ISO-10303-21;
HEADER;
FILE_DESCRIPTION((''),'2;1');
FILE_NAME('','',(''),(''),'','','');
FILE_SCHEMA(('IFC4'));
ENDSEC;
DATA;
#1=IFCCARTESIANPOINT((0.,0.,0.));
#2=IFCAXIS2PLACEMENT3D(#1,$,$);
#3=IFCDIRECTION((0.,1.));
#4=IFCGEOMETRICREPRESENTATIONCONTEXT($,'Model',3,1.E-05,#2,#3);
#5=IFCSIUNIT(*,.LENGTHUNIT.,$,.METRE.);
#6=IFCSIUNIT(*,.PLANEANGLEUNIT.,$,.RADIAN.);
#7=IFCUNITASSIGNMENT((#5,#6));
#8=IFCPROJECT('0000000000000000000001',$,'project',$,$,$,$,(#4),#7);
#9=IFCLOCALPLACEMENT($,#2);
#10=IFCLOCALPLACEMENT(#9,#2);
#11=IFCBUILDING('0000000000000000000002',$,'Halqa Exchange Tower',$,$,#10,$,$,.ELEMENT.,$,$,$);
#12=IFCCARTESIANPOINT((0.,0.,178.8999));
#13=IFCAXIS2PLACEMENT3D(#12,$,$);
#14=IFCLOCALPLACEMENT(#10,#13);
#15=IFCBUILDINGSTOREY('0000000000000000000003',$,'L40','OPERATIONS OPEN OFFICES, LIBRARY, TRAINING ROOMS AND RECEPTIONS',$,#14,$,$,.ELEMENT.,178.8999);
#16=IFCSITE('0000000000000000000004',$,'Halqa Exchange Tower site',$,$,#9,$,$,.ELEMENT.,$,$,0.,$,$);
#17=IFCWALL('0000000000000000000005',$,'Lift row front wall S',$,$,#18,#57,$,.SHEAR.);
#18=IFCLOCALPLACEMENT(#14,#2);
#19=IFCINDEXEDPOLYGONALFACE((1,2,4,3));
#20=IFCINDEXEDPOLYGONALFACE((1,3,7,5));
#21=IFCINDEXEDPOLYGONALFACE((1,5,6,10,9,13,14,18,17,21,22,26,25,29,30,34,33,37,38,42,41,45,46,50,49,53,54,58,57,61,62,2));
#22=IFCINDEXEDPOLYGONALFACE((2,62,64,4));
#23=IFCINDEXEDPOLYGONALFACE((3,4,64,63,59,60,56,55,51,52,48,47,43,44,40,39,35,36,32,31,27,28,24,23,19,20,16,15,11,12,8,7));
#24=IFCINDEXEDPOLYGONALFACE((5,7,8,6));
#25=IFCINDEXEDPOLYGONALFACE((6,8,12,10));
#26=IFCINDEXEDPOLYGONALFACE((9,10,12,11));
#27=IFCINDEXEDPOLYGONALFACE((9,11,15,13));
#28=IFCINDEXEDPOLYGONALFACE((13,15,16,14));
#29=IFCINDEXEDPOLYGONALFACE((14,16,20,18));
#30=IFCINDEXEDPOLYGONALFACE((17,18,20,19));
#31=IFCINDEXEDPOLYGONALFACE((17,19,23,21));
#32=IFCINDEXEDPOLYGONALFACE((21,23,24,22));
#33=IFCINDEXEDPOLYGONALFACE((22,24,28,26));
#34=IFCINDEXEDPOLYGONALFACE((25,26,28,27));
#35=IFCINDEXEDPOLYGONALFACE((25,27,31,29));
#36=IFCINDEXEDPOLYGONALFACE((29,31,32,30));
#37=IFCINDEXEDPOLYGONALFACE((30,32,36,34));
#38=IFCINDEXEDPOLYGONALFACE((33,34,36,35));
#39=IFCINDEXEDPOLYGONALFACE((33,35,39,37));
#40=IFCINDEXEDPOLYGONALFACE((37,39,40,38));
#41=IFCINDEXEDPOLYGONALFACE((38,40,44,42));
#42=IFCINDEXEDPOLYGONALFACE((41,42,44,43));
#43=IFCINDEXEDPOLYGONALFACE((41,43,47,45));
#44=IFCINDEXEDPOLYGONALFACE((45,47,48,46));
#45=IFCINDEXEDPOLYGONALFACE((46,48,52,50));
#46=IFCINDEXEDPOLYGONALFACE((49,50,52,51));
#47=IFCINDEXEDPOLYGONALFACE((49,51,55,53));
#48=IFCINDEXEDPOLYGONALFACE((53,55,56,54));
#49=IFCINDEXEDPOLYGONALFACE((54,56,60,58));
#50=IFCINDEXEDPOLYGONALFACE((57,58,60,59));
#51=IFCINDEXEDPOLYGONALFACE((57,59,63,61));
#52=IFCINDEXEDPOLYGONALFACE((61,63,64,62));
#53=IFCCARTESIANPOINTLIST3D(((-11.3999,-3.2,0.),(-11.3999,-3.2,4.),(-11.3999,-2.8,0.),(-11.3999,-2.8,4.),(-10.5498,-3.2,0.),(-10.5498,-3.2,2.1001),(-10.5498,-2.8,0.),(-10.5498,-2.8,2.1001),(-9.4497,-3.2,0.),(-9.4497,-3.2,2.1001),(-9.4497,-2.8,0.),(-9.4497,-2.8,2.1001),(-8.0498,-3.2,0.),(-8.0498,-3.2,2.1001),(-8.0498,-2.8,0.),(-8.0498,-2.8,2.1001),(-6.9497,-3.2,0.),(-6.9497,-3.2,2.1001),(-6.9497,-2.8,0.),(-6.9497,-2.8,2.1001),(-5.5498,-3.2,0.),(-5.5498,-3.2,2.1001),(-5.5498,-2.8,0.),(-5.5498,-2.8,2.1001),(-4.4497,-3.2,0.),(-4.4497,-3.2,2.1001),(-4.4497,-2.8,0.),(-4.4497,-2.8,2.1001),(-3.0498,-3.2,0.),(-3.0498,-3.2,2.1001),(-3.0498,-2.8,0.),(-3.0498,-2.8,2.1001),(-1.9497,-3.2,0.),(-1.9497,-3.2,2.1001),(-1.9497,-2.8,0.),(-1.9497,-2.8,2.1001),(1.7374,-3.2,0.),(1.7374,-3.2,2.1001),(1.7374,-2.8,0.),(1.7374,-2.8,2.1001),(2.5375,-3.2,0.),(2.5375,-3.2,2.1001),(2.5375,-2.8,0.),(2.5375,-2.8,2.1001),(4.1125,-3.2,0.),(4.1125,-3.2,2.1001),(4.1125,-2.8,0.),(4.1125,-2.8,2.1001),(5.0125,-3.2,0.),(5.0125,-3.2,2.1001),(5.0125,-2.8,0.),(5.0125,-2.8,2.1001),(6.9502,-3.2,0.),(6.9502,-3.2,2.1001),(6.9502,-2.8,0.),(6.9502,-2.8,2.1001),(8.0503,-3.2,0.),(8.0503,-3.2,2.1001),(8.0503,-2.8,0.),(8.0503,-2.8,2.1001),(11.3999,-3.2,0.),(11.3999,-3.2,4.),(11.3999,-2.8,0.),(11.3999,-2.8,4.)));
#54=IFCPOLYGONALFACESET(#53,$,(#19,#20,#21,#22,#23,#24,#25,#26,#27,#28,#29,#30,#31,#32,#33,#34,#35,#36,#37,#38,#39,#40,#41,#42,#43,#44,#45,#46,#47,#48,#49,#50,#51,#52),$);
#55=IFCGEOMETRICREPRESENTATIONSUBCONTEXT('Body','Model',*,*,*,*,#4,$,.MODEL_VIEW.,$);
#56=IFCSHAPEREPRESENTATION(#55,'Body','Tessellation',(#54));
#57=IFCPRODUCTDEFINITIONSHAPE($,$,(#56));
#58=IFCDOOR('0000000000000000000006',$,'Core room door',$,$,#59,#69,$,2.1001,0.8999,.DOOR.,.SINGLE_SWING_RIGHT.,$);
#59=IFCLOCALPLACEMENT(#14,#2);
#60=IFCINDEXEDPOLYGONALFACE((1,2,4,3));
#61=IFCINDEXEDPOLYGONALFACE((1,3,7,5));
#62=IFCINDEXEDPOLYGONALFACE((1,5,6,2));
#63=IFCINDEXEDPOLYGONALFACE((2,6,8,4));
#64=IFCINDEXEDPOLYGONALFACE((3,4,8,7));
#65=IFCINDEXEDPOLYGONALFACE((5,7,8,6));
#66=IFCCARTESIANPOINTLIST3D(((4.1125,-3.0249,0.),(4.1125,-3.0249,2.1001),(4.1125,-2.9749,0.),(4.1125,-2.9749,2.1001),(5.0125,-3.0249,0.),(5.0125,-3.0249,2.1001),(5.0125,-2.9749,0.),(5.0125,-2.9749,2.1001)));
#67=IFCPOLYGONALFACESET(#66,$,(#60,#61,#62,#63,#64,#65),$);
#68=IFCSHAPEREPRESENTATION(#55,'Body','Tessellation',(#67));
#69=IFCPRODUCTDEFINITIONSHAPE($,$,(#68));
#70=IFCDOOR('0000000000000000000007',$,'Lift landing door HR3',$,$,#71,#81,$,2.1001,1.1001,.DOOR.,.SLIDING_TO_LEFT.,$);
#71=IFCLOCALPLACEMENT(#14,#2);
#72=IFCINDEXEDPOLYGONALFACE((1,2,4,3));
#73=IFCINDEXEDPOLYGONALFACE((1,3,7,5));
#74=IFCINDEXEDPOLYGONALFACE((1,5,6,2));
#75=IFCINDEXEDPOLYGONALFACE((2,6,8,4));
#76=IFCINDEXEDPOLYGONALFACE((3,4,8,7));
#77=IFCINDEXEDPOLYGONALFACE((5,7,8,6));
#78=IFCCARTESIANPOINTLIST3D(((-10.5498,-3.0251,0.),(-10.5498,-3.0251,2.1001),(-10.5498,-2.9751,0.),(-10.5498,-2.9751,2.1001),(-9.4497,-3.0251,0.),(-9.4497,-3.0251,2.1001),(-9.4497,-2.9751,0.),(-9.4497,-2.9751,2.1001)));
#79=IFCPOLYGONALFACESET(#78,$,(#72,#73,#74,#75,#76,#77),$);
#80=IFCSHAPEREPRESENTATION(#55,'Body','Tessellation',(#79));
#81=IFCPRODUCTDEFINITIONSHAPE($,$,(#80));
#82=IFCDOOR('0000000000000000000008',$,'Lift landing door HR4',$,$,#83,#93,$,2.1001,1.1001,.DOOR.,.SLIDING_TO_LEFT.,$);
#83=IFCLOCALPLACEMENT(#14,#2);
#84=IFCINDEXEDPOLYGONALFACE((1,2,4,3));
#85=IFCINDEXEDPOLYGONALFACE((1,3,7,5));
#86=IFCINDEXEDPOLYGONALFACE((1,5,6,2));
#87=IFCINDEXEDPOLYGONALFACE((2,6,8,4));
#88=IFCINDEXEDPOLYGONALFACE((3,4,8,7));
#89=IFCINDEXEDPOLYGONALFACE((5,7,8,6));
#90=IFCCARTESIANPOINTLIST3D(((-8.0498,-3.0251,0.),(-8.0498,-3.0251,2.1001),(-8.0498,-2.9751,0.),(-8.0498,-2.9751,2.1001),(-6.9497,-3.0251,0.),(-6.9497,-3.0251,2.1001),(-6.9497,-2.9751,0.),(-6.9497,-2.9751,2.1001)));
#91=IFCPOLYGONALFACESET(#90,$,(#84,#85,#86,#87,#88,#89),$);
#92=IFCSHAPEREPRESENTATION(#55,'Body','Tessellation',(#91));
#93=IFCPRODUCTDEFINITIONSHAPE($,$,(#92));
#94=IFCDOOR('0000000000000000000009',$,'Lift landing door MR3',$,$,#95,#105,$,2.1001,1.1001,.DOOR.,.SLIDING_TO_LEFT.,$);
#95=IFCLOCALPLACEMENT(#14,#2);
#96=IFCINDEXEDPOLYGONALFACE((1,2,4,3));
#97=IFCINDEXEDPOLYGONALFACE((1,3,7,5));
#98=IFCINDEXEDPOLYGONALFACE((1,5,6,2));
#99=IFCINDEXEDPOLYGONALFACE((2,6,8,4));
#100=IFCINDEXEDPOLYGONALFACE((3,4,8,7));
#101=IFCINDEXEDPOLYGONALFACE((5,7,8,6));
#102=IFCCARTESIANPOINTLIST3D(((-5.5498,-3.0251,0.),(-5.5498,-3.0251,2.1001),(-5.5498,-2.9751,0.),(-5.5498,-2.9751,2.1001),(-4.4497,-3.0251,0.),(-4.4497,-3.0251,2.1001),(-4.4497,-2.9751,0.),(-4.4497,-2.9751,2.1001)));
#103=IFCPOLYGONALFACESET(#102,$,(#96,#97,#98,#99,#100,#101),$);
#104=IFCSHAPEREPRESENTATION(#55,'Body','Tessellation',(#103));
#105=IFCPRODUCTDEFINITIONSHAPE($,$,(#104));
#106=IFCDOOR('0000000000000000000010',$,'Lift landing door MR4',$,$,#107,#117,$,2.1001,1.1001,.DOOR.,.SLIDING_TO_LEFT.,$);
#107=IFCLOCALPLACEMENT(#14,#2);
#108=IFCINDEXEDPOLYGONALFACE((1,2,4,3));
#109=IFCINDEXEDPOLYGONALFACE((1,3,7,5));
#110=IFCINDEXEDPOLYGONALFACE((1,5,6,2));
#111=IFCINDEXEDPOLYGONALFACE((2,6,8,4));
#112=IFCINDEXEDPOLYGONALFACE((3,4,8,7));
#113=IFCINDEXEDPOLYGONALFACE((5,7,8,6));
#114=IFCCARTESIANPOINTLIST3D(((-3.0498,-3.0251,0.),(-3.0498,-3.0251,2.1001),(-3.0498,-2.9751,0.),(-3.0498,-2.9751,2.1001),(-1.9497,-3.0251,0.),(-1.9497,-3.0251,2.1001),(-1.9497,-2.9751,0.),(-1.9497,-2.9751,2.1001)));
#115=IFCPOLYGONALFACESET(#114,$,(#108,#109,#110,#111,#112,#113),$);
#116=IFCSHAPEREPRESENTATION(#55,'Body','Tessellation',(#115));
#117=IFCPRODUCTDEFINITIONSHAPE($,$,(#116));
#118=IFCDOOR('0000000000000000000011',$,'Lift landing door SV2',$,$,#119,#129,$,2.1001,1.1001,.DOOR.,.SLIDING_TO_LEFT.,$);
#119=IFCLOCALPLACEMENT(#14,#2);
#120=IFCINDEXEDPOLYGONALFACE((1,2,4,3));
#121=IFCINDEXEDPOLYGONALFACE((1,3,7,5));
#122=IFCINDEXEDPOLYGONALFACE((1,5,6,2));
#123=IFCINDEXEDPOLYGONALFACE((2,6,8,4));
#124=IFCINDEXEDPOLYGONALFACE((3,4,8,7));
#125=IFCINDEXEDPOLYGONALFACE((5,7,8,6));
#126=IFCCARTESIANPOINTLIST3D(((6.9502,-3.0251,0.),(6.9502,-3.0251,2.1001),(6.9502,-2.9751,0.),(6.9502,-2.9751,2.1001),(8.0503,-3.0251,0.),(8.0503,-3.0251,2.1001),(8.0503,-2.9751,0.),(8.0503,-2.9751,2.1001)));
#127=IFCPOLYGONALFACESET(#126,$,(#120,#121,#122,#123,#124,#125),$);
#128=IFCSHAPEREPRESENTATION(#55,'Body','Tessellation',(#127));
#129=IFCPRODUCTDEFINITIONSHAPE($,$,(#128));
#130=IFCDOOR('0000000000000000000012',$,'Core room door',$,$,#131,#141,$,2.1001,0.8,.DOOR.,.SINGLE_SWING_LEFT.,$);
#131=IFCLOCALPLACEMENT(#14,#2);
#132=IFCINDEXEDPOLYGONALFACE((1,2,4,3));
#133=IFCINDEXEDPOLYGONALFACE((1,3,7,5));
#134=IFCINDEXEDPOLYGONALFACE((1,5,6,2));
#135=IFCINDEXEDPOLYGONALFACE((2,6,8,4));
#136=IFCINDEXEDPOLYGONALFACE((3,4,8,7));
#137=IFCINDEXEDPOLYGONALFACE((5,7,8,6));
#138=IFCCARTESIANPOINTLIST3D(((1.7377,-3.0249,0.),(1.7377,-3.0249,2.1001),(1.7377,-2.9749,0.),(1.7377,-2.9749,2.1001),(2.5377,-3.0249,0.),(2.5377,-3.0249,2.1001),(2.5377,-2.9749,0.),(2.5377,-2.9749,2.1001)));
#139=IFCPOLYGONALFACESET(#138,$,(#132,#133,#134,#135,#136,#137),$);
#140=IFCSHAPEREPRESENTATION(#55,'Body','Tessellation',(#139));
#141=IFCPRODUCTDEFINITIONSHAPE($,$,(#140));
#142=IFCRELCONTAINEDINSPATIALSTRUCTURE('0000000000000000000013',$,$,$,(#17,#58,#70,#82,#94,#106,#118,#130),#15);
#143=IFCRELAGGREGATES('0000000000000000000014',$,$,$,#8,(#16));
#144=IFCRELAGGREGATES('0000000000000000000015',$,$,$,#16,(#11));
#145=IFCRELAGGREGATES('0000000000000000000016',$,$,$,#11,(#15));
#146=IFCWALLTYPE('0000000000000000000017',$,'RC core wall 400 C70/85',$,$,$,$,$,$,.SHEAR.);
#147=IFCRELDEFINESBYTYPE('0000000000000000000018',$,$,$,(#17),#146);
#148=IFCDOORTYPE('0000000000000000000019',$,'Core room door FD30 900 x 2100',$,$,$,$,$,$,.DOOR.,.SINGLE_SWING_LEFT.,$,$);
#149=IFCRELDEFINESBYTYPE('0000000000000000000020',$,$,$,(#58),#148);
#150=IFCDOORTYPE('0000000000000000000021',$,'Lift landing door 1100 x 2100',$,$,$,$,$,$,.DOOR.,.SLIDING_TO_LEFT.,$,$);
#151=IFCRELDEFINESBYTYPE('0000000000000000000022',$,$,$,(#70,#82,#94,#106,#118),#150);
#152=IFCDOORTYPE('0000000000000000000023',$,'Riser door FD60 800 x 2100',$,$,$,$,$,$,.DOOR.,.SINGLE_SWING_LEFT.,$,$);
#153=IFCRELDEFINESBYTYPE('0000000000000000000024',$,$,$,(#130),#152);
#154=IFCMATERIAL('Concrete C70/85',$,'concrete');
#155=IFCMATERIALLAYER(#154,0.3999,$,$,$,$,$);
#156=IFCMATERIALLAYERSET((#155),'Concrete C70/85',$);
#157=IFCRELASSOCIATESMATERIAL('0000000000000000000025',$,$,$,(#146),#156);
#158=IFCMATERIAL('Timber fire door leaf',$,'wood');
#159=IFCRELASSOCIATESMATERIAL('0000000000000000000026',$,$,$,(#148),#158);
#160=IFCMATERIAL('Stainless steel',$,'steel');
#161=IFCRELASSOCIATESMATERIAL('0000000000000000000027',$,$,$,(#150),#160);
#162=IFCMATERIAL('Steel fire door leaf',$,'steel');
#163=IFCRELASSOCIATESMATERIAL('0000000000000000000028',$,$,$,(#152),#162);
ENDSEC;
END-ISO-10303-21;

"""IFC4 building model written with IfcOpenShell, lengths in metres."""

from ifc_helpers import new_model, si_unit, direction, frame, frame_2d, origin, place, context, subcontext, project, spatial, rectangle, extrude, material, layer, layer_set, type_object, element, fill, save


model = new_model("IFC4")

# Units and contexts
model_context = context("Model", 3, precision=1e-05, world=origin(), true_north=direction((0.0, 1.0)))
body_context = subcontext(model_context, "Body", "Model", "MODEL_VIEW")
ifc_project = project(units=[si_unit("LENGTHUNIT", "METRE"), si_unit("PLANEANGLEUNIT", "RADIAN")], contexts=[model_context])

# Site, building, storey
site_placement = place(None, origin())
site = spatial("IfcSite", under=ifc_project, at=site_placement, Name="Halqa Exchange Tower site", CompositionType="ELEMENT", RefElevation=0.0)
building_placement = place(site_placement, origin())
building = spatial("IfcBuilding", under=site, at=building_placement, Name="Halqa Exchange Tower", CompositionType="ELEMENT")
storey_placement = place(building_placement, frame((0.0, 0.0, 178.8999)))
storey = spatial("IfcBuildingStorey", under=building, at=storey_placement, Name="L40", Description="OPERATIONS OPEN OFFICES, LIBRARY, TRAINING ROOMS AND RECEPTIONS", CompositionType="ELEMENT", Elevation=178.8999)

# Wall, openings, doors
ifc_material_1 = material(Name="Concrete C70/85", Category="concrete")
ifc_layer_1 = layer(ifc_material_1, 0.3999)
ifc_layer_set_1 = layer_set([ifc_layer_1], Name="Concrete C70/85")
wall_type_1 = type_object("IfcWallType", Name="RC core wall 400 C70/85", PredefinedType="SHEAR", material=ifc_layer_set_1)
wall_1_placement = place(storey_placement, frame((-11.3999, -3.0, 0.0), z_axis=(0.0, 0.0, 1.0), x_axis=(1.0, 0.0, 0.0)))
wall_1 = element("IfcWall", 1, at=wall_1_placement, inside=storey, type_object=wall_type_1, Name="Lift row front wall S", PredefinedType="SHEAR", context=body_context, shape_type="SweptSolid", body=[
    extrude(rectangle(XDim=22.7998, YDim=0.3999, at=frame_2d((11.3999, 0.0))), origin(), (0.0, 0.0, 1.0), 4.0),
])
opening_1_placement = place(wall_1_placement, frame((0.8501, 0.0, 0.0)))
opening_1 = element("IfcOpeningElement", 2, at=opening_1_placement, cuts=wall_1, PredefinedType="OPENING", context=body_context, shape_type="SweptSolid", body=[
    extrude(rectangle(XDim=1.1001, YDim=2.1001, at=frame_2d((0.55, 1.05))), frame((0.0, 0.2119, 0.0), z_axis=(0.0, -1.0, 0.0), x_axis=(1.0, 0.0, 0.0)), (0.0, 0.0, 1.0), 0.4238),
])
opening_2_placement = place(wall_1_placement, frame((3.3501, 0.0, 0.0)))
opening_2 = element("IfcOpeningElement", 3, at=opening_2_placement, cuts=wall_1, PredefinedType="OPENING", context=body_context, shape_type="SweptSolid", body=[
    extrude(rectangle(XDim=1.1001, YDim=2.1001, at=frame_2d((0.55, 1.05))), frame((0.0, 0.2119, 0.0), z_axis=(0.0, -1.0, 0.0), x_axis=(1.0, 0.0, 0.0)), (0.0, 0.0, 1.0), 0.4238),
])
opening_3_placement = place(wall_1_placement, frame((5.8501, 0.0, 0.0)))
opening_3 = element("IfcOpeningElement", 4, at=opening_3_placement, cuts=wall_1, PredefinedType="OPENING", context=body_context, shape_type="SweptSolid", body=[
    extrude(rectangle(XDim=1.1001, YDim=2.1001, at=frame_2d((0.55, 1.05))), frame((0.0, 0.2119, 0.0), z_axis=(0.0, -1.0, 0.0), x_axis=(1.0, 0.0, 0.0)), (0.0, 0.0, 1.0), 0.4238),
])
opening_4_placement = place(wall_1_placement, frame((8.3501, 0.0, 0.0)))
opening_4 = element("IfcOpeningElement", 5, at=opening_4_placement, cuts=wall_1, PredefinedType="OPENING", context=body_context, shape_type="SweptSolid", body=[
    extrude(rectangle(XDim=1.1001, YDim=2.1001, at=frame_2d((0.55, 1.05))), frame((0.0, 0.2119, 0.0), z_axis=(0.0, -1.0, 0.0), x_axis=(1.0, 0.0, 0.0)), (0.0, 0.0, 1.0), 0.4238),
])
opening_5_placement = place(wall_1_placement, frame((18.3501, 0.0, 0.0)))
opening_5 = element("IfcOpeningElement", 6, at=opening_5_placement, cuts=wall_1, PredefinedType="OPENING", context=body_context, shape_type="SweptSolid", body=[
    extrude(rectangle(XDim=1.1001, YDim=2.1001, at=frame_2d((0.55, 1.05))), frame((0.0, 0.2119, 0.0), z_axis=(0.0, -1.0, 0.0), x_axis=(1.0, 0.0, 0.0)), (0.0, 0.0, 1.0), 0.4238),
])
opening_6_placement = place(wall_1_placement, frame((13.1375, 0.0, 0.0)))
opening_6 = element("IfcOpeningElement", 7, at=opening_6_placement, cuts=wall_1, PredefinedType="OPENING", context=body_context, shape_type="SweptSolid", body=[
    extrude(rectangle(XDim=0.8, YDim=2.1001, at=frame_2d((0.3999, 1.05))), frame((0.0, 0.2119, 0.0), z_axis=(0.0, -1.0, 0.0), x_axis=(1.0, 0.0, 0.0)), (0.0, 0.0, 1.0), 0.4238),
])
opening_7_placement = place(wall_1_placement, frame((15.5125, 0.0, 0.0)))
opening_7 = element("IfcOpeningElement", 8, at=opening_7_placement, cuts=wall_1, PredefinedType="OPENING", context=body_context, shape_type="SweptSolid", body=[
    extrude(rectangle(XDim=0.8999, YDim=2.1001, at=frame_2d((0.45, 1.05))), frame((0.0, 0.2119, 0.0), z_axis=(0.0, -1.0, 0.0), x_axis=(1.0, 0.0, 0.0)), (0.0, 0.0, 1.0), 0.4238),
])
ifc_material_2 = material(Name="Timber fire door leaf", Category="wood")
door_type_1 = type_object("IfcDoorType", Name="Core room door FD30 900 x 2100", OperationType="SINGLE_SWING_LEFT", PredefinedType="DOOR", material=ifc_material_2)
door_1_placement = place(opening_7_placement, frame((0.8999, 0.0, 0.0), z_axis=(0.0, 0.0, 1.0), x_axis=(-1.0, 0.0, 0.0)))
door_1 = element("IfcDoor", 9, at=door_1_placement, inside=storey, type_object=door_type_1, Name="Core room door", OperationType="SINGLE_SWING_RIGHT", OverallHeight=2.1001, OverallWidth=0.8999, PredefinedType="DOOR", context=body_context, shape_type="SweptSolid", body=[
    extrude(rectangle(XDim=0.8999, YDim=2.1001, at=frame_2d((0.45, 1.05))), frame((0.0, 0.0249, 0.0), z_axis=(0.0, -1.0, 0.0), x_axis=(1.0, 0.0, 0.0)), (0.0, 0.0, 1.0), 0.05),
])
fill(opening_7, door_1)
ifc_material_3 = material(Name="Stainless steel", Category="steel")
door_type_2 = type_object("IfcDoorType", Name="Lift landing door 1100 x 2100", OperationType="SLIDING_TO_LEFT", PredefinedType="DOOR", material=ifc_material_3)
door_2_placement = place(opening_1_placement, origin())
door_2 = element("IfcDoor", 10, at=door_2_placement, inside=storey, type_object=door_type_2, Name="Lift landing door HR3", OperationType="SLIDING_TO_LEFT", OverallHeight=2.1001, OverallWidth=1.1001, PredefinedType="DOOR", context=body_context, shape_type="SweptSolid", body=[
    extrude(rectangle(XDim=1.1001, YDim=2.1001, at=frame_2d((0.55, 1.05))), frame((0.0, 0.0249, 0.0), z_axis=(0.0, -1.0, 0.0), x_axis=(1.0, 0.0, 0.0)), (0.0, 0.0, 1.0), 0.05),
])
fill(opening_1, door_2)
door_3_placement = place(opening_2_placement, origin())
door_3 = element("IfcDoor", 11, at=door_3_placement, inside=storey, type_object=door_type_2, Name="Lift landing door HR4", OperationType="SLIDING_TO_LEFT", OverallHeight=2.1001, OverallWidth=1.1001, PredefinedType="DOOR", context=body_context, shape_type="SweptSolid", body=[
    extrude(rectangle(XDim=1.1001, YDim=2.1001, at=frame_2d((0.55, 1.05))), frame((0.0, 0.0249, 0.0), z_axis=(0.0, -1.0, 0.0), x_axis=(1.0, 0.0, 0.0)), (0.0, 0.0, 1.0), 0.05),
])
fill(opening_2, door_3)
door_4_placement = place(opening_3_placement, origin())
door_4 = element("IfcDoor", 12, at=door_4_placement, inside=storey, type_object=door_type_2, Name="Lift landing door MR3", OperationType="SLIDING_TO_LEFT", OverallHeight=2.1001, OverallWidth=1.1001, PredefinedType="DOOR", context=body_context, shape_type="SweptSolid", body=[
    extrude(rectangle(XDim=1.1001, YDim=2.1001, at=frame_2d((0.55, 1.05))), frame((0.0, 0.0249, 0.0), z_axis=(0.0, -1.0, 0.0), x_axis=(1.0, 0.0, 0.0)), (0.0, 0.0, 1.0), 0.05),
])
fill(opening_3, door_4)
door_5_placement = place(opening_4_placement, origin())
door_5 = element("IfcDoor", 13, at=door_5_placement, inside=storey, type_object=door_type_2, Name="Lift landing door MR4", OperationType="SLIDING_TO_LEFT", OverallHeight=2.1001, OverallWidth=1.1001, PredefinedType="DOOR", context=body_context, shape_type="SweptSolid", body=[
    extrude(rectangle(XDim=1.1001, YDim=2.1001, at=frame_2d((0.55, 1.05))), frame((0.0, 0.0249, 0.0), z_axis=(0.0, -1.0, 0.0), x_axis=(1.0, 0.0, 0.0)), (0.0, 0.0, 1.0), 0.05),
])
fill(opening_4, door_5)
door_6_placement = place(opening_5_placement, origin())
door_6 = element("IfcDoor", 14, at=door_6_placement, inside=storey, type_object=door_type_2, Name="Lift landing door SV2", OperationType="SLIDING_TO_LEFT", OverallHeight=2.1001, OverallWidth=1.1001, PredefinedType="DOOR", context=body_context, shape_type="SweptSolid", body=[
    extrude(rectangle(XDim=1.1001, YDim=2.1001, at=frame_2d((0.55, 1.05))), frame((0.0, 0.0249, 0.0), z_axis=(0.0, -1.0, 0.0), x_axis=(1.0, 0.0, 0.0)), (0.0, 0.0, 1.0), 0.05),
])
fill(opening_5, door_6)
ifc_material_4 = material(Name="Steel fire door leaf", Category="steel")
door_type_3 = type_object("IfcDoorType", Name="Riser door FD60 800 x 2100", OperationType="SINGLE_SWING_LEFT", PredefinedType="DOOR", material=ifc_material_4)
door_7_placement = place(opening_6_placement, frame((0.8, 0.0, 0.0), z_axis=(0.0, 0.0, 1.0), x_axis=(-1.0, 0.0, 0.0)))
door_7 = element("IfcDoor", 15, at=door_7_placement, inside=storey, type_object=door_type_3, Name="Core room door", OperationType="SINGLE_SWING_LEFT", OverallHeight=2.1001, OverallWidth=0.8, PredefinedType="DOOR", context=body_context, shape_type="SweptSolid", body=[
    extrude(rectangle(XDim=0.8, YDim=2.1001, at=frame_2d((0.3999, 1.05))), frame((0.0, 0.0249, 0.0), z_axis=(0.0, -1.0, 0.0), x_axis=(1.0, 0.0, 0.0)), (0.0, 0.0, 1.0), 0.05),
])
fill(opening_6, door_7)

save(model, "model.ifc")
